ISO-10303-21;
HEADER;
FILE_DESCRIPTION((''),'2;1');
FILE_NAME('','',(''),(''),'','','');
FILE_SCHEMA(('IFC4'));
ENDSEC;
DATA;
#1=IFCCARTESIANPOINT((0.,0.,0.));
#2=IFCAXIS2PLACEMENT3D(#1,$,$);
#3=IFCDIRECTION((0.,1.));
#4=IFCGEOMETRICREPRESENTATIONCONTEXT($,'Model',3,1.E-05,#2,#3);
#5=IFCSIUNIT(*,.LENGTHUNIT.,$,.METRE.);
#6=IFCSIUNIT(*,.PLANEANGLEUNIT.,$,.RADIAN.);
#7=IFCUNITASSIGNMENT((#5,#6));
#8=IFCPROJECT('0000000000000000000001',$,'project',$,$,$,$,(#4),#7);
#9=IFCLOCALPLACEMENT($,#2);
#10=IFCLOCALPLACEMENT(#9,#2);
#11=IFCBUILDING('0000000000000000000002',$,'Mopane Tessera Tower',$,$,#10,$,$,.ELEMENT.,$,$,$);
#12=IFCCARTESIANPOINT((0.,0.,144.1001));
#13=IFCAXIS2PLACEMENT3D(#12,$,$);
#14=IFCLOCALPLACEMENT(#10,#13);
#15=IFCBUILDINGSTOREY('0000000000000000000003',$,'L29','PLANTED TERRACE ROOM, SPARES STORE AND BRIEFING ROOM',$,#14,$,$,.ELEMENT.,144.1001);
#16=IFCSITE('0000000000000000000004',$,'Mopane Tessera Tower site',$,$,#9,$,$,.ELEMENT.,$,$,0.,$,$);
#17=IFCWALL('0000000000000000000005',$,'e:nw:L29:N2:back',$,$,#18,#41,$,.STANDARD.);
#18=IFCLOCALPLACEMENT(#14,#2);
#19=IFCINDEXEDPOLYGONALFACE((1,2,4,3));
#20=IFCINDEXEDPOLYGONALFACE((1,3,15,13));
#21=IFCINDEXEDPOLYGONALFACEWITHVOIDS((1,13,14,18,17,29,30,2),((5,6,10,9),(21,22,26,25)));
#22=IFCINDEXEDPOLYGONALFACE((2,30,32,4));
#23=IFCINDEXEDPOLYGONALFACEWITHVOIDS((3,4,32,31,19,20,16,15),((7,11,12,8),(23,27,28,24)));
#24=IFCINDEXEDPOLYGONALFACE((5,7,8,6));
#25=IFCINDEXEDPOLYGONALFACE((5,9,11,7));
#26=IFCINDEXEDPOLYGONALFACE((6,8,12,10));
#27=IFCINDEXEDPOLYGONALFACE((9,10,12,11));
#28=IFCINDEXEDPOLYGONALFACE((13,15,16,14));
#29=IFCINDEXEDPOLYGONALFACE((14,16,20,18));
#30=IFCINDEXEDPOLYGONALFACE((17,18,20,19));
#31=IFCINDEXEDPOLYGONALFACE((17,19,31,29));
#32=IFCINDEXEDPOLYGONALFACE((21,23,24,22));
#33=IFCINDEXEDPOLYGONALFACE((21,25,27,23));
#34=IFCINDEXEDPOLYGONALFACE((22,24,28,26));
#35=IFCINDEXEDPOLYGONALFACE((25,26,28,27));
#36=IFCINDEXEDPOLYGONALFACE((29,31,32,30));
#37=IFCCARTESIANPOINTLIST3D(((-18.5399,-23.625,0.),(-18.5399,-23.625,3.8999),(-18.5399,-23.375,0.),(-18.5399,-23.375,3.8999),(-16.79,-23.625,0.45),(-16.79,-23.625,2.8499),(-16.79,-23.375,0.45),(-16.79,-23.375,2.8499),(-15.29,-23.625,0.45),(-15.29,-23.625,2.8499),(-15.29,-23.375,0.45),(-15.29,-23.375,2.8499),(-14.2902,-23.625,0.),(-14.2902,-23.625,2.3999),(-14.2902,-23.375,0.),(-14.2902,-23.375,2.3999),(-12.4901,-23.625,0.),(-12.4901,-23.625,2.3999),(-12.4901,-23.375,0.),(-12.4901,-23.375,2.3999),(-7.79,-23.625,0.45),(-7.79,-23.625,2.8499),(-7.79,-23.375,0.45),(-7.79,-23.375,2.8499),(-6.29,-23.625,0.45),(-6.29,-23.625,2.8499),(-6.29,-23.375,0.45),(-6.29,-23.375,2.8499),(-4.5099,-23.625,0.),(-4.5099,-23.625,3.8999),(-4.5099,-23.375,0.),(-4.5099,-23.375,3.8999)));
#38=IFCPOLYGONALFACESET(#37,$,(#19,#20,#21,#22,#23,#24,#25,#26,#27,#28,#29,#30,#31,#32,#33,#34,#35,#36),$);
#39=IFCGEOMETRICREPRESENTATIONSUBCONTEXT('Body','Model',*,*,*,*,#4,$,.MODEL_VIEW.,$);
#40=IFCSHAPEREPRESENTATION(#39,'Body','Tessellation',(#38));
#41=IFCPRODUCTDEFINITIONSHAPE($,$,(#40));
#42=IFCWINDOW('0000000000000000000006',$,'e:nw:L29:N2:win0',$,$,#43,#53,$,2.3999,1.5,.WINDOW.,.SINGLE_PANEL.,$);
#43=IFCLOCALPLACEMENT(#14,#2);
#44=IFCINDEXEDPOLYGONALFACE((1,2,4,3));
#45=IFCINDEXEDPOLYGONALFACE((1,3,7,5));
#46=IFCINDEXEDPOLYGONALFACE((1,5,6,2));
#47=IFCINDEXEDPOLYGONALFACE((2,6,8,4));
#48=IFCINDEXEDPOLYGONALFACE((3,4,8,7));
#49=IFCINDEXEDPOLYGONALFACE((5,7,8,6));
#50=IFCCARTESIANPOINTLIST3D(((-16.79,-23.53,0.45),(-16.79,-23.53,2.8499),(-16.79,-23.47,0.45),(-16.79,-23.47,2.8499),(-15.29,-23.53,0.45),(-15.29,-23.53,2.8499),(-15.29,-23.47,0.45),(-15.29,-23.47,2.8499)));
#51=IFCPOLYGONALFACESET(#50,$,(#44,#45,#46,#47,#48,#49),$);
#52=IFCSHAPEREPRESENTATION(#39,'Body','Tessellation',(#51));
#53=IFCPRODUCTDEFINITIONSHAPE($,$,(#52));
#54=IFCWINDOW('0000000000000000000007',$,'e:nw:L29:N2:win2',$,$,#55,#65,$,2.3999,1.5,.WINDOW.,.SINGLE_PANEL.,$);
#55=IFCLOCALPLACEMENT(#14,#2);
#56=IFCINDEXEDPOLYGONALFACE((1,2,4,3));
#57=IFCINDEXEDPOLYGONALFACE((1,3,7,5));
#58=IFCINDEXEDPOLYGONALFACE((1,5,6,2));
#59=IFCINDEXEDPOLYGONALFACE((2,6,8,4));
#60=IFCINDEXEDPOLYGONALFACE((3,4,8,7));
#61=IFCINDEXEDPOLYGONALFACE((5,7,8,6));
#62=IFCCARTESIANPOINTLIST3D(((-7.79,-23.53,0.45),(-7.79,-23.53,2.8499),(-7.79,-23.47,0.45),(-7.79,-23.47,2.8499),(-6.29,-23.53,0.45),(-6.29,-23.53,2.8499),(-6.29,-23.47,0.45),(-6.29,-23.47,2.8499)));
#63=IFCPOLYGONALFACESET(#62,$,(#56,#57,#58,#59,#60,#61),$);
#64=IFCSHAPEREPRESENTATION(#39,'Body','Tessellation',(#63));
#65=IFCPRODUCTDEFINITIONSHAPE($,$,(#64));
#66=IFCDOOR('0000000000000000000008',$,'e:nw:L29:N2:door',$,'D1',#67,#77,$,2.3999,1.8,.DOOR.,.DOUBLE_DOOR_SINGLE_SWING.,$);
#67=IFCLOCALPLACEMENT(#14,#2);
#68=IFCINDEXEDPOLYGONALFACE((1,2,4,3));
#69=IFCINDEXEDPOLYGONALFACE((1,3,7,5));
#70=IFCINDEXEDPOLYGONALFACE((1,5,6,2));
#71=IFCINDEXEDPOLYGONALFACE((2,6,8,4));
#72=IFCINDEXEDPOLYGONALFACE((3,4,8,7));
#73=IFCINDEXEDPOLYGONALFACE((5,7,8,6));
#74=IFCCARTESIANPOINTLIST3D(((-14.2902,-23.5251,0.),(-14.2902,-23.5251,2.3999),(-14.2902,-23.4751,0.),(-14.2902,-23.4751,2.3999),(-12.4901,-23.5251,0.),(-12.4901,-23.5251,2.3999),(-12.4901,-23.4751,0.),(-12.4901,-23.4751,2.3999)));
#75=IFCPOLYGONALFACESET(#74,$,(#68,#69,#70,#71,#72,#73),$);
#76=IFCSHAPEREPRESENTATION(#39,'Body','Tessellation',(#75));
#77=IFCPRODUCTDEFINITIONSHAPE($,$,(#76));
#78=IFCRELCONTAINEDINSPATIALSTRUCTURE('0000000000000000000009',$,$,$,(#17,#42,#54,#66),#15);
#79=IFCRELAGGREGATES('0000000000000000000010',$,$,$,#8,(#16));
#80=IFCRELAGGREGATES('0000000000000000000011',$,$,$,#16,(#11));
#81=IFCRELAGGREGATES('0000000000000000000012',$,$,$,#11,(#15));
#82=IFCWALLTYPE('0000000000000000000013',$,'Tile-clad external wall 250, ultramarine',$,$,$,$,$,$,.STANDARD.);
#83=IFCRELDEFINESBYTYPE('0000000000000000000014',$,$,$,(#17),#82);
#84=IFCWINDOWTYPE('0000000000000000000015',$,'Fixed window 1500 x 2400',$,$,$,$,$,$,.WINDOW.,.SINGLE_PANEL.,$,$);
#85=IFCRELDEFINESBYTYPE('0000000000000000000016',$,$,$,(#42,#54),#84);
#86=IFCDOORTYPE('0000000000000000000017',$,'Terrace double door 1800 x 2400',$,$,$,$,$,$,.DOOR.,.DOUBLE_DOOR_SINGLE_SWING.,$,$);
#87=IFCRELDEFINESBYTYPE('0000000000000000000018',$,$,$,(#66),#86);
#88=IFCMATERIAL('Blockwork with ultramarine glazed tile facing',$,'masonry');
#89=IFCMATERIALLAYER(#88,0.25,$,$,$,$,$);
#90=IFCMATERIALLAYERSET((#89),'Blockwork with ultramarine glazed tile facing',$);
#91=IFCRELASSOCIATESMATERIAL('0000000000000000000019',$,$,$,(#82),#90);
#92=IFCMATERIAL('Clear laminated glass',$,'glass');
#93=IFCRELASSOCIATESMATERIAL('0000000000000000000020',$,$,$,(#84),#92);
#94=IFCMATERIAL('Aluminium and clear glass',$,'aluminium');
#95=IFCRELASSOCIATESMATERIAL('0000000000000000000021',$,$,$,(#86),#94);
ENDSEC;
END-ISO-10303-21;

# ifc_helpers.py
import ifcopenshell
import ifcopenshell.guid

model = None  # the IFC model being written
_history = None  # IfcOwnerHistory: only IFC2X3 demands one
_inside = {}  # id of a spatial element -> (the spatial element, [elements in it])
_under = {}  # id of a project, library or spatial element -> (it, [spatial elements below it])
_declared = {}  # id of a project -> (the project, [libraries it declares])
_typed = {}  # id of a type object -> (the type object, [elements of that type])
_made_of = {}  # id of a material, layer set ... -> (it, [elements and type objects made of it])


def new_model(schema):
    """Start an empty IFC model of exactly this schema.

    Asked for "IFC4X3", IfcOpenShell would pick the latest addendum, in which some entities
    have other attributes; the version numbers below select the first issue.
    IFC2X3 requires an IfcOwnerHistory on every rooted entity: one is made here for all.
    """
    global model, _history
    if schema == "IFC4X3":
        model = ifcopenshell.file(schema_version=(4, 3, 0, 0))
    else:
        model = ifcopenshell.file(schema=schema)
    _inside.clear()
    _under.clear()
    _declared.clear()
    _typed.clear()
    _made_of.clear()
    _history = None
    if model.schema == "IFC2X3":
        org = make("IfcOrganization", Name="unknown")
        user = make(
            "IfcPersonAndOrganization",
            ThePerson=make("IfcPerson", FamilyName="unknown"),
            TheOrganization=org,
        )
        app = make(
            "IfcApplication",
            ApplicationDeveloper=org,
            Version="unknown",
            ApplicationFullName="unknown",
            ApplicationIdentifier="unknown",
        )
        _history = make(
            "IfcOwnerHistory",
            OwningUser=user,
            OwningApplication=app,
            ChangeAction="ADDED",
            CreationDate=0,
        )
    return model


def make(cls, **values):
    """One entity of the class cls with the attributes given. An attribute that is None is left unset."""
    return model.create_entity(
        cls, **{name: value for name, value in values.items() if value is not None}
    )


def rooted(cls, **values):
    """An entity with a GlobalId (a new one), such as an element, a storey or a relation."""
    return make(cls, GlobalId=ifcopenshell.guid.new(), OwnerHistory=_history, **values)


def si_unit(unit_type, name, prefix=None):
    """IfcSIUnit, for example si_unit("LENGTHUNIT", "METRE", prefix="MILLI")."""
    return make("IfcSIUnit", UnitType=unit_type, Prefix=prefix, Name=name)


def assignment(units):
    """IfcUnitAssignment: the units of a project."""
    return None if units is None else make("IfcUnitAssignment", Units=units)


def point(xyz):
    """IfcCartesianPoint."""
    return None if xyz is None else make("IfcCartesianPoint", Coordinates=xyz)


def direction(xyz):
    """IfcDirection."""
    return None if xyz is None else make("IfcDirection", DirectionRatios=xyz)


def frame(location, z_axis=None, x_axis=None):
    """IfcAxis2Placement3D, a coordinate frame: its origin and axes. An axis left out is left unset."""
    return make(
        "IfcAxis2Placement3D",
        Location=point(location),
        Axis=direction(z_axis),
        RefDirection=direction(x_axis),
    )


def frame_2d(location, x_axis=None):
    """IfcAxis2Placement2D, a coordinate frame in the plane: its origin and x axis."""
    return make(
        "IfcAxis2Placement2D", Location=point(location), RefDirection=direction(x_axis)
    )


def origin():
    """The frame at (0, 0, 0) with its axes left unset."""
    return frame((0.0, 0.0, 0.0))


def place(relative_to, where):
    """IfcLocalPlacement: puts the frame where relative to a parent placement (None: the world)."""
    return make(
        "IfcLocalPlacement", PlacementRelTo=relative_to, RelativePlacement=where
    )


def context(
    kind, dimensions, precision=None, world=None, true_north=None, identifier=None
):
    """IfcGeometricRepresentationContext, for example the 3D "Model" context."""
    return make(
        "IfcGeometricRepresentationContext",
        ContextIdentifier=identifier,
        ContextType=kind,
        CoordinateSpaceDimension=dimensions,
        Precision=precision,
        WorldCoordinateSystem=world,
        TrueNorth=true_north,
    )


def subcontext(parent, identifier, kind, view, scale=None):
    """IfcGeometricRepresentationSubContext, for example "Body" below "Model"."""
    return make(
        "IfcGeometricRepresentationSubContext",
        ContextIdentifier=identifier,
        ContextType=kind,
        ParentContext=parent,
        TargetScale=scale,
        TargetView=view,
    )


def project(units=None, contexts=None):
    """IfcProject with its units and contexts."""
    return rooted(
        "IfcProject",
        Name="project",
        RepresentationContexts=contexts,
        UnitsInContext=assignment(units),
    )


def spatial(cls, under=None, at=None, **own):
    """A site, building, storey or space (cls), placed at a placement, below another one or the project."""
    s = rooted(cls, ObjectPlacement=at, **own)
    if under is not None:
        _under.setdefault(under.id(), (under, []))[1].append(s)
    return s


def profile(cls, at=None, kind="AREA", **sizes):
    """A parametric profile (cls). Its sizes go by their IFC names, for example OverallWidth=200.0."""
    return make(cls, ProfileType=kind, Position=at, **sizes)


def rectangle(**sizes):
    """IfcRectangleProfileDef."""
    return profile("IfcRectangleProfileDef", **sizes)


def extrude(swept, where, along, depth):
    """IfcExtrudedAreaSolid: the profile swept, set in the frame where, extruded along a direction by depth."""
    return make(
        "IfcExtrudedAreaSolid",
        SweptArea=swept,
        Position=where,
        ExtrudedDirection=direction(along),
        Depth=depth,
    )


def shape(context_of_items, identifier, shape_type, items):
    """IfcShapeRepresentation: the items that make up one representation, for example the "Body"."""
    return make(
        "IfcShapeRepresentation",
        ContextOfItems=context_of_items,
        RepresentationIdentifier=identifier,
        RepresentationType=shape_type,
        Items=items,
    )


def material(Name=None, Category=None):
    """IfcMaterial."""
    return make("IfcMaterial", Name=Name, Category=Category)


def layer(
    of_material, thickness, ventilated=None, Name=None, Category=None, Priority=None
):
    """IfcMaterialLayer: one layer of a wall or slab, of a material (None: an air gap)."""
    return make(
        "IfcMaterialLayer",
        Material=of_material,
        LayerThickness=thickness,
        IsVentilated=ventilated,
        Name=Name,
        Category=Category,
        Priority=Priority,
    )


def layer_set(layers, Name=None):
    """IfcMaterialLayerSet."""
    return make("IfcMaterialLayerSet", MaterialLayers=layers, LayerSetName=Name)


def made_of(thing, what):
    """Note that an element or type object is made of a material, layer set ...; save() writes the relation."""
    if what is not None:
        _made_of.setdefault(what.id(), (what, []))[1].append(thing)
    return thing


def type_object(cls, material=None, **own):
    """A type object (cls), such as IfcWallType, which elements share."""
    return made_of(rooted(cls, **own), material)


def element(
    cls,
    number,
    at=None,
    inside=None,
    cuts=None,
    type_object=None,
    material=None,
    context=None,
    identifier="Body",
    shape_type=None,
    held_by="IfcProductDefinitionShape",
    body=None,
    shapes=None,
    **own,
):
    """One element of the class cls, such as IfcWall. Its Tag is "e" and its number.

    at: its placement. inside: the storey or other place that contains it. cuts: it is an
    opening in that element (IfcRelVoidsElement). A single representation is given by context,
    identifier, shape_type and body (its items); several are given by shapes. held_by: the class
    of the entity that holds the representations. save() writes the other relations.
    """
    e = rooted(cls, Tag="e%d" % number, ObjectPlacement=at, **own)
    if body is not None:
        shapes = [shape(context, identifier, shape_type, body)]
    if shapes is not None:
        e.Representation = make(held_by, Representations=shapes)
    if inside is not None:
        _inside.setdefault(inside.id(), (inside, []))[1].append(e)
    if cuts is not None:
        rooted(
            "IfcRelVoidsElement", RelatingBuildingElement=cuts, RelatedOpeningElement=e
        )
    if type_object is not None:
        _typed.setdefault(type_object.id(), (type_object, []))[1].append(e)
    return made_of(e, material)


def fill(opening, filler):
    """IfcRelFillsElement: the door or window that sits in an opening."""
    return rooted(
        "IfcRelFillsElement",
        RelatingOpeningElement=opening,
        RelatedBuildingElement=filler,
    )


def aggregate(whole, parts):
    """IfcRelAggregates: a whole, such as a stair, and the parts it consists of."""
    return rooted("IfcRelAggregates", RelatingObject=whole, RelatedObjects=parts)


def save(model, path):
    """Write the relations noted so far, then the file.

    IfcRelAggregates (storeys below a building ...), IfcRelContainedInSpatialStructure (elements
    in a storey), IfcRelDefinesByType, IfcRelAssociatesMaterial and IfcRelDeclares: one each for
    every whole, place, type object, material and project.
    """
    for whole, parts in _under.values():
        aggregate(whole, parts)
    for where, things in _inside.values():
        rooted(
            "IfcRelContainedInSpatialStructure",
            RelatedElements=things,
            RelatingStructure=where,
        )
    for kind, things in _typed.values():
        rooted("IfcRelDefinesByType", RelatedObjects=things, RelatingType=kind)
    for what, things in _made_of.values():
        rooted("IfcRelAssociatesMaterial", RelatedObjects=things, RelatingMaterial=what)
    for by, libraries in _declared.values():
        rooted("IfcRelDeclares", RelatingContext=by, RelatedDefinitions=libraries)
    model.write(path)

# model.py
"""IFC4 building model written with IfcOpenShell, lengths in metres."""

from ifc_helpers import new_model, si_unit, direction, frame, frame_2d, origin, place, context, subcontext, project, spatial, rectangle, extrude, material, layer, layer_set, type_object, element, fill, save


model = new_model("IFC4")

# Units and contexts
model_context = context("Model", 3, precision=1e-05, world=origin(), true_north=direction((0.0, 1.0)))
body_context = subcontext(model_context, "Body", "Model", "MODEL_VIEW")
ifc_project = project(units=[si_unit("LENGTHUNIT", "METRE"), si_unit("PLANEANGLEUNIT", "RADIAN")], contexts=[model_context])

# Site, building, storey
site_placement = place(None, origin())
site = spatial("IfcSite", under=ifc_project, at=site_placement, Name="Mopane Tessera Tower site", CompositionType="ELEMENT", RefElevation=0.0)
building_placement = place(site_placement, origin())
building = spatial("IfcBuilding", under=site, at=building_placement, Name="Mopane Tessera Tower", CompositionType="ELEMENT")
storey_placement = place(building_placement, frame((0.0, 0.0, 144.1001)))
storey = spatial("IfcBuildingStorey", under=building, at=storey_placement, Name="L29", Description="PLANTED TERRACE ROOM, SPARES STORE AND BRIEFING ROOM", CompositionType="ELEMENT", Elevation=144.1001)

# Wall, openings, windows, door
ifc_material_1 = material(Name="Blockwork with ultramarine glazed tile facing", Category="masonry")
ifc_layer_1 = layer(ifc_material_1, 0.25)
ifc_layer_set_1 = layer_set([ifc_layer_1], Name="Blockwork with ultramarine glazed tile facing")
wall_type_1 = type_object("IfcWallType", Name="Tile-clad external wall 250, ultramarine", PredefinedType="STANDARD", material=ifc_layer_set_1)
wall_1_placement = place(storey_placement, frame((-18.54, -23.5, 0.0), z_axis=(0.0, 0.0, 1.0), x_axis=(1.0, 0.0, 0.0)))
wall_1 = element("IfcWall", 1, at=wall_1_placement, inside=storey, type_object=wall_type_1, Name="e:nw:L29:N2:back", PredefinedType="STANDARD", context=body_context, shape_type="SweptSolid", body=[
    extrude(rectangle(XDim=14.03, YDim=0.25, at=frame_2d((7.0151, 0.0))), origin(), (0.0, 0.0, 1.0), 3.8999),
])
opening_1_placement = place(wall_1_placement, frame((1.75, 0.0, 0.45)))
opening_1 = element("IfcOpeningElement", 2, at=opening_1_placement, cuts=wall_1, PredefinedType="OPENING", context=body_context, shape_type="SweptSolid", body=[
    extrude(rectangle(XDim=1.5, YDim=2.3999, at=frame_2d((0.75, 1.2))), frame((0.0, 0.137, 0.0), z_axis=(0.0, -1.0, 0.0), x_axis=(1.0, 0.0, 0.0)), (0.0, 0.0, 1.0), 0.2739),
])
opening_2_placement = place(wall_1_placement, frame((4.25, 0.0, 0.0)))
opening_2 = element("IfcOpeningElement", 3, at=opening_2_placement, cuts=wall_1, PredefinedType="OPENING", context=body_context, shape_type="SweptSolid", body=[
    extrude(rectangle(XDim=1.8, YDim=2.3999, at=frame_2d((0.8999, 1.2))), frame((0.0, 0.137, 0.0), z_axis=(0.0, -1.0, 0.0), x_axis=(1.0, 0.0, 0.0)), (0.0, 0.0, 1.0), 0.2739),
])
opening_3_placement = place(wall_1_placement, frame((10.75, 0.0, 0.45)))
opening_3 = element("IfcOpeningElement", 4, at=opening_3_placement, cuts=wall_1, PredefinedType="OPENING", context=body_context, shape_type="SweptSolid", body=[
    extrude(rectangle(XDim=1.5, YDim=2.3999, at=frame_2d((0.75, 1.2))), frame((0.0, 0.137, 0.0), z_axis=(0.0, -1.0, 0.0), x_axis=(1.0, 0.0, 0.0)), (0.0, 0.0, 1.0), 0.2739),
])
ifc_material_2 = material(Name="Clear laminated glass", Category="glass")
window_type = type_object("IfcWindowType", Name="Fixed window 1500 x 2400", PartitioningType="SINGLE_PANEL", PredefinedType="WINDOW", material=ifc_material_2)
window_1_placement = place(opening_1_placement, origin())
window_1 = element("IfcWindow", 5, at=window_1_placement, inside=storey, type_object=window_type, Name="e:nw:L29:N2:win0", OverallHeight=2.3999, OverallWidth=1.5, PartitioningType="SINGLE_PANEL", PredefinedType="WINDOW", context=body_context, shape_type="SweptSolid", body=[
    extrude(rectangle(XDim=1.5, YDim=2.3999, at=frame_2d((0.75, 1.2))), frame((0.0, 0.03, 0.0), z_axis=(0.0, -1.0, 0.0), x_axis=(1.0, 0.0, 0.0)), (0.0, 0.0, 1.0), 0.0601),
])
fill(opening_1, window_1)
window_2_placement = place(opening_3_placement, origin())
window_2 = element("IfcWindow", 6, at=window_2_placement, inside=storey, type_object=window_type, Name="e:nw:L29:N2:win2", OverallHeight=2.3999, OverallWidth=1.5, PartitioningType="SINGLE_PANEL", PredefinedType="WINDOW", context=body_context, shape_type="SweptSolid", body=[
    extrude(rectangle(XDim=1.5, YDim=2.3999, at=frame_2d((0.75, 1.2))), frame((0.0, 0.03, 0.0), z_axis=(0.0, -1.0, 0.0), x_axis=(1.0, 0.0, 0.0)), (0.0, 0.0, 1.0), 0.0601),
])
fill(opening_3, window_2)
ifc_material_3 = material(Name="Aluminium and clear glass", Category="aluminium")
door_type_1 = type_object("IfcDoorType", Name="Terrace double door 1800 x 2400", OperationType="DOUBLE_DOOR_SINGLE_SWING", PredefinedType="DOOR", material=ifc_material_3)
door_1_placement = place(opening_2_placement, origin())
door_1 = element("IfcDoor", 7, at=door_1_placement, inside=storey, type_object=door_type_1, Name="e:nw:L29:N2:door", ObjectType="D1", OperationType="DOUBLE_DOOR_SINGLE_SWING", OverallHeight=2.3999, OverallWidth=1.8, PredefinedType="DOOR", context=body_context, shape_type="SweptSolid", body=[
    extrude(rectangle(XDim=1.8, YDim=2.3999, at=frame_2d((0.8999, 1.2))), frame((0.0, 0.0249, 0.0), z_axis=(0.0, -1.0, 0.0), x_axis=(1.0, 0.0, 0.0)), (0.0, 0.0, 1.0), 0.05),
])
fill(opening_2, door_1)

save(model, "model.ifc")
